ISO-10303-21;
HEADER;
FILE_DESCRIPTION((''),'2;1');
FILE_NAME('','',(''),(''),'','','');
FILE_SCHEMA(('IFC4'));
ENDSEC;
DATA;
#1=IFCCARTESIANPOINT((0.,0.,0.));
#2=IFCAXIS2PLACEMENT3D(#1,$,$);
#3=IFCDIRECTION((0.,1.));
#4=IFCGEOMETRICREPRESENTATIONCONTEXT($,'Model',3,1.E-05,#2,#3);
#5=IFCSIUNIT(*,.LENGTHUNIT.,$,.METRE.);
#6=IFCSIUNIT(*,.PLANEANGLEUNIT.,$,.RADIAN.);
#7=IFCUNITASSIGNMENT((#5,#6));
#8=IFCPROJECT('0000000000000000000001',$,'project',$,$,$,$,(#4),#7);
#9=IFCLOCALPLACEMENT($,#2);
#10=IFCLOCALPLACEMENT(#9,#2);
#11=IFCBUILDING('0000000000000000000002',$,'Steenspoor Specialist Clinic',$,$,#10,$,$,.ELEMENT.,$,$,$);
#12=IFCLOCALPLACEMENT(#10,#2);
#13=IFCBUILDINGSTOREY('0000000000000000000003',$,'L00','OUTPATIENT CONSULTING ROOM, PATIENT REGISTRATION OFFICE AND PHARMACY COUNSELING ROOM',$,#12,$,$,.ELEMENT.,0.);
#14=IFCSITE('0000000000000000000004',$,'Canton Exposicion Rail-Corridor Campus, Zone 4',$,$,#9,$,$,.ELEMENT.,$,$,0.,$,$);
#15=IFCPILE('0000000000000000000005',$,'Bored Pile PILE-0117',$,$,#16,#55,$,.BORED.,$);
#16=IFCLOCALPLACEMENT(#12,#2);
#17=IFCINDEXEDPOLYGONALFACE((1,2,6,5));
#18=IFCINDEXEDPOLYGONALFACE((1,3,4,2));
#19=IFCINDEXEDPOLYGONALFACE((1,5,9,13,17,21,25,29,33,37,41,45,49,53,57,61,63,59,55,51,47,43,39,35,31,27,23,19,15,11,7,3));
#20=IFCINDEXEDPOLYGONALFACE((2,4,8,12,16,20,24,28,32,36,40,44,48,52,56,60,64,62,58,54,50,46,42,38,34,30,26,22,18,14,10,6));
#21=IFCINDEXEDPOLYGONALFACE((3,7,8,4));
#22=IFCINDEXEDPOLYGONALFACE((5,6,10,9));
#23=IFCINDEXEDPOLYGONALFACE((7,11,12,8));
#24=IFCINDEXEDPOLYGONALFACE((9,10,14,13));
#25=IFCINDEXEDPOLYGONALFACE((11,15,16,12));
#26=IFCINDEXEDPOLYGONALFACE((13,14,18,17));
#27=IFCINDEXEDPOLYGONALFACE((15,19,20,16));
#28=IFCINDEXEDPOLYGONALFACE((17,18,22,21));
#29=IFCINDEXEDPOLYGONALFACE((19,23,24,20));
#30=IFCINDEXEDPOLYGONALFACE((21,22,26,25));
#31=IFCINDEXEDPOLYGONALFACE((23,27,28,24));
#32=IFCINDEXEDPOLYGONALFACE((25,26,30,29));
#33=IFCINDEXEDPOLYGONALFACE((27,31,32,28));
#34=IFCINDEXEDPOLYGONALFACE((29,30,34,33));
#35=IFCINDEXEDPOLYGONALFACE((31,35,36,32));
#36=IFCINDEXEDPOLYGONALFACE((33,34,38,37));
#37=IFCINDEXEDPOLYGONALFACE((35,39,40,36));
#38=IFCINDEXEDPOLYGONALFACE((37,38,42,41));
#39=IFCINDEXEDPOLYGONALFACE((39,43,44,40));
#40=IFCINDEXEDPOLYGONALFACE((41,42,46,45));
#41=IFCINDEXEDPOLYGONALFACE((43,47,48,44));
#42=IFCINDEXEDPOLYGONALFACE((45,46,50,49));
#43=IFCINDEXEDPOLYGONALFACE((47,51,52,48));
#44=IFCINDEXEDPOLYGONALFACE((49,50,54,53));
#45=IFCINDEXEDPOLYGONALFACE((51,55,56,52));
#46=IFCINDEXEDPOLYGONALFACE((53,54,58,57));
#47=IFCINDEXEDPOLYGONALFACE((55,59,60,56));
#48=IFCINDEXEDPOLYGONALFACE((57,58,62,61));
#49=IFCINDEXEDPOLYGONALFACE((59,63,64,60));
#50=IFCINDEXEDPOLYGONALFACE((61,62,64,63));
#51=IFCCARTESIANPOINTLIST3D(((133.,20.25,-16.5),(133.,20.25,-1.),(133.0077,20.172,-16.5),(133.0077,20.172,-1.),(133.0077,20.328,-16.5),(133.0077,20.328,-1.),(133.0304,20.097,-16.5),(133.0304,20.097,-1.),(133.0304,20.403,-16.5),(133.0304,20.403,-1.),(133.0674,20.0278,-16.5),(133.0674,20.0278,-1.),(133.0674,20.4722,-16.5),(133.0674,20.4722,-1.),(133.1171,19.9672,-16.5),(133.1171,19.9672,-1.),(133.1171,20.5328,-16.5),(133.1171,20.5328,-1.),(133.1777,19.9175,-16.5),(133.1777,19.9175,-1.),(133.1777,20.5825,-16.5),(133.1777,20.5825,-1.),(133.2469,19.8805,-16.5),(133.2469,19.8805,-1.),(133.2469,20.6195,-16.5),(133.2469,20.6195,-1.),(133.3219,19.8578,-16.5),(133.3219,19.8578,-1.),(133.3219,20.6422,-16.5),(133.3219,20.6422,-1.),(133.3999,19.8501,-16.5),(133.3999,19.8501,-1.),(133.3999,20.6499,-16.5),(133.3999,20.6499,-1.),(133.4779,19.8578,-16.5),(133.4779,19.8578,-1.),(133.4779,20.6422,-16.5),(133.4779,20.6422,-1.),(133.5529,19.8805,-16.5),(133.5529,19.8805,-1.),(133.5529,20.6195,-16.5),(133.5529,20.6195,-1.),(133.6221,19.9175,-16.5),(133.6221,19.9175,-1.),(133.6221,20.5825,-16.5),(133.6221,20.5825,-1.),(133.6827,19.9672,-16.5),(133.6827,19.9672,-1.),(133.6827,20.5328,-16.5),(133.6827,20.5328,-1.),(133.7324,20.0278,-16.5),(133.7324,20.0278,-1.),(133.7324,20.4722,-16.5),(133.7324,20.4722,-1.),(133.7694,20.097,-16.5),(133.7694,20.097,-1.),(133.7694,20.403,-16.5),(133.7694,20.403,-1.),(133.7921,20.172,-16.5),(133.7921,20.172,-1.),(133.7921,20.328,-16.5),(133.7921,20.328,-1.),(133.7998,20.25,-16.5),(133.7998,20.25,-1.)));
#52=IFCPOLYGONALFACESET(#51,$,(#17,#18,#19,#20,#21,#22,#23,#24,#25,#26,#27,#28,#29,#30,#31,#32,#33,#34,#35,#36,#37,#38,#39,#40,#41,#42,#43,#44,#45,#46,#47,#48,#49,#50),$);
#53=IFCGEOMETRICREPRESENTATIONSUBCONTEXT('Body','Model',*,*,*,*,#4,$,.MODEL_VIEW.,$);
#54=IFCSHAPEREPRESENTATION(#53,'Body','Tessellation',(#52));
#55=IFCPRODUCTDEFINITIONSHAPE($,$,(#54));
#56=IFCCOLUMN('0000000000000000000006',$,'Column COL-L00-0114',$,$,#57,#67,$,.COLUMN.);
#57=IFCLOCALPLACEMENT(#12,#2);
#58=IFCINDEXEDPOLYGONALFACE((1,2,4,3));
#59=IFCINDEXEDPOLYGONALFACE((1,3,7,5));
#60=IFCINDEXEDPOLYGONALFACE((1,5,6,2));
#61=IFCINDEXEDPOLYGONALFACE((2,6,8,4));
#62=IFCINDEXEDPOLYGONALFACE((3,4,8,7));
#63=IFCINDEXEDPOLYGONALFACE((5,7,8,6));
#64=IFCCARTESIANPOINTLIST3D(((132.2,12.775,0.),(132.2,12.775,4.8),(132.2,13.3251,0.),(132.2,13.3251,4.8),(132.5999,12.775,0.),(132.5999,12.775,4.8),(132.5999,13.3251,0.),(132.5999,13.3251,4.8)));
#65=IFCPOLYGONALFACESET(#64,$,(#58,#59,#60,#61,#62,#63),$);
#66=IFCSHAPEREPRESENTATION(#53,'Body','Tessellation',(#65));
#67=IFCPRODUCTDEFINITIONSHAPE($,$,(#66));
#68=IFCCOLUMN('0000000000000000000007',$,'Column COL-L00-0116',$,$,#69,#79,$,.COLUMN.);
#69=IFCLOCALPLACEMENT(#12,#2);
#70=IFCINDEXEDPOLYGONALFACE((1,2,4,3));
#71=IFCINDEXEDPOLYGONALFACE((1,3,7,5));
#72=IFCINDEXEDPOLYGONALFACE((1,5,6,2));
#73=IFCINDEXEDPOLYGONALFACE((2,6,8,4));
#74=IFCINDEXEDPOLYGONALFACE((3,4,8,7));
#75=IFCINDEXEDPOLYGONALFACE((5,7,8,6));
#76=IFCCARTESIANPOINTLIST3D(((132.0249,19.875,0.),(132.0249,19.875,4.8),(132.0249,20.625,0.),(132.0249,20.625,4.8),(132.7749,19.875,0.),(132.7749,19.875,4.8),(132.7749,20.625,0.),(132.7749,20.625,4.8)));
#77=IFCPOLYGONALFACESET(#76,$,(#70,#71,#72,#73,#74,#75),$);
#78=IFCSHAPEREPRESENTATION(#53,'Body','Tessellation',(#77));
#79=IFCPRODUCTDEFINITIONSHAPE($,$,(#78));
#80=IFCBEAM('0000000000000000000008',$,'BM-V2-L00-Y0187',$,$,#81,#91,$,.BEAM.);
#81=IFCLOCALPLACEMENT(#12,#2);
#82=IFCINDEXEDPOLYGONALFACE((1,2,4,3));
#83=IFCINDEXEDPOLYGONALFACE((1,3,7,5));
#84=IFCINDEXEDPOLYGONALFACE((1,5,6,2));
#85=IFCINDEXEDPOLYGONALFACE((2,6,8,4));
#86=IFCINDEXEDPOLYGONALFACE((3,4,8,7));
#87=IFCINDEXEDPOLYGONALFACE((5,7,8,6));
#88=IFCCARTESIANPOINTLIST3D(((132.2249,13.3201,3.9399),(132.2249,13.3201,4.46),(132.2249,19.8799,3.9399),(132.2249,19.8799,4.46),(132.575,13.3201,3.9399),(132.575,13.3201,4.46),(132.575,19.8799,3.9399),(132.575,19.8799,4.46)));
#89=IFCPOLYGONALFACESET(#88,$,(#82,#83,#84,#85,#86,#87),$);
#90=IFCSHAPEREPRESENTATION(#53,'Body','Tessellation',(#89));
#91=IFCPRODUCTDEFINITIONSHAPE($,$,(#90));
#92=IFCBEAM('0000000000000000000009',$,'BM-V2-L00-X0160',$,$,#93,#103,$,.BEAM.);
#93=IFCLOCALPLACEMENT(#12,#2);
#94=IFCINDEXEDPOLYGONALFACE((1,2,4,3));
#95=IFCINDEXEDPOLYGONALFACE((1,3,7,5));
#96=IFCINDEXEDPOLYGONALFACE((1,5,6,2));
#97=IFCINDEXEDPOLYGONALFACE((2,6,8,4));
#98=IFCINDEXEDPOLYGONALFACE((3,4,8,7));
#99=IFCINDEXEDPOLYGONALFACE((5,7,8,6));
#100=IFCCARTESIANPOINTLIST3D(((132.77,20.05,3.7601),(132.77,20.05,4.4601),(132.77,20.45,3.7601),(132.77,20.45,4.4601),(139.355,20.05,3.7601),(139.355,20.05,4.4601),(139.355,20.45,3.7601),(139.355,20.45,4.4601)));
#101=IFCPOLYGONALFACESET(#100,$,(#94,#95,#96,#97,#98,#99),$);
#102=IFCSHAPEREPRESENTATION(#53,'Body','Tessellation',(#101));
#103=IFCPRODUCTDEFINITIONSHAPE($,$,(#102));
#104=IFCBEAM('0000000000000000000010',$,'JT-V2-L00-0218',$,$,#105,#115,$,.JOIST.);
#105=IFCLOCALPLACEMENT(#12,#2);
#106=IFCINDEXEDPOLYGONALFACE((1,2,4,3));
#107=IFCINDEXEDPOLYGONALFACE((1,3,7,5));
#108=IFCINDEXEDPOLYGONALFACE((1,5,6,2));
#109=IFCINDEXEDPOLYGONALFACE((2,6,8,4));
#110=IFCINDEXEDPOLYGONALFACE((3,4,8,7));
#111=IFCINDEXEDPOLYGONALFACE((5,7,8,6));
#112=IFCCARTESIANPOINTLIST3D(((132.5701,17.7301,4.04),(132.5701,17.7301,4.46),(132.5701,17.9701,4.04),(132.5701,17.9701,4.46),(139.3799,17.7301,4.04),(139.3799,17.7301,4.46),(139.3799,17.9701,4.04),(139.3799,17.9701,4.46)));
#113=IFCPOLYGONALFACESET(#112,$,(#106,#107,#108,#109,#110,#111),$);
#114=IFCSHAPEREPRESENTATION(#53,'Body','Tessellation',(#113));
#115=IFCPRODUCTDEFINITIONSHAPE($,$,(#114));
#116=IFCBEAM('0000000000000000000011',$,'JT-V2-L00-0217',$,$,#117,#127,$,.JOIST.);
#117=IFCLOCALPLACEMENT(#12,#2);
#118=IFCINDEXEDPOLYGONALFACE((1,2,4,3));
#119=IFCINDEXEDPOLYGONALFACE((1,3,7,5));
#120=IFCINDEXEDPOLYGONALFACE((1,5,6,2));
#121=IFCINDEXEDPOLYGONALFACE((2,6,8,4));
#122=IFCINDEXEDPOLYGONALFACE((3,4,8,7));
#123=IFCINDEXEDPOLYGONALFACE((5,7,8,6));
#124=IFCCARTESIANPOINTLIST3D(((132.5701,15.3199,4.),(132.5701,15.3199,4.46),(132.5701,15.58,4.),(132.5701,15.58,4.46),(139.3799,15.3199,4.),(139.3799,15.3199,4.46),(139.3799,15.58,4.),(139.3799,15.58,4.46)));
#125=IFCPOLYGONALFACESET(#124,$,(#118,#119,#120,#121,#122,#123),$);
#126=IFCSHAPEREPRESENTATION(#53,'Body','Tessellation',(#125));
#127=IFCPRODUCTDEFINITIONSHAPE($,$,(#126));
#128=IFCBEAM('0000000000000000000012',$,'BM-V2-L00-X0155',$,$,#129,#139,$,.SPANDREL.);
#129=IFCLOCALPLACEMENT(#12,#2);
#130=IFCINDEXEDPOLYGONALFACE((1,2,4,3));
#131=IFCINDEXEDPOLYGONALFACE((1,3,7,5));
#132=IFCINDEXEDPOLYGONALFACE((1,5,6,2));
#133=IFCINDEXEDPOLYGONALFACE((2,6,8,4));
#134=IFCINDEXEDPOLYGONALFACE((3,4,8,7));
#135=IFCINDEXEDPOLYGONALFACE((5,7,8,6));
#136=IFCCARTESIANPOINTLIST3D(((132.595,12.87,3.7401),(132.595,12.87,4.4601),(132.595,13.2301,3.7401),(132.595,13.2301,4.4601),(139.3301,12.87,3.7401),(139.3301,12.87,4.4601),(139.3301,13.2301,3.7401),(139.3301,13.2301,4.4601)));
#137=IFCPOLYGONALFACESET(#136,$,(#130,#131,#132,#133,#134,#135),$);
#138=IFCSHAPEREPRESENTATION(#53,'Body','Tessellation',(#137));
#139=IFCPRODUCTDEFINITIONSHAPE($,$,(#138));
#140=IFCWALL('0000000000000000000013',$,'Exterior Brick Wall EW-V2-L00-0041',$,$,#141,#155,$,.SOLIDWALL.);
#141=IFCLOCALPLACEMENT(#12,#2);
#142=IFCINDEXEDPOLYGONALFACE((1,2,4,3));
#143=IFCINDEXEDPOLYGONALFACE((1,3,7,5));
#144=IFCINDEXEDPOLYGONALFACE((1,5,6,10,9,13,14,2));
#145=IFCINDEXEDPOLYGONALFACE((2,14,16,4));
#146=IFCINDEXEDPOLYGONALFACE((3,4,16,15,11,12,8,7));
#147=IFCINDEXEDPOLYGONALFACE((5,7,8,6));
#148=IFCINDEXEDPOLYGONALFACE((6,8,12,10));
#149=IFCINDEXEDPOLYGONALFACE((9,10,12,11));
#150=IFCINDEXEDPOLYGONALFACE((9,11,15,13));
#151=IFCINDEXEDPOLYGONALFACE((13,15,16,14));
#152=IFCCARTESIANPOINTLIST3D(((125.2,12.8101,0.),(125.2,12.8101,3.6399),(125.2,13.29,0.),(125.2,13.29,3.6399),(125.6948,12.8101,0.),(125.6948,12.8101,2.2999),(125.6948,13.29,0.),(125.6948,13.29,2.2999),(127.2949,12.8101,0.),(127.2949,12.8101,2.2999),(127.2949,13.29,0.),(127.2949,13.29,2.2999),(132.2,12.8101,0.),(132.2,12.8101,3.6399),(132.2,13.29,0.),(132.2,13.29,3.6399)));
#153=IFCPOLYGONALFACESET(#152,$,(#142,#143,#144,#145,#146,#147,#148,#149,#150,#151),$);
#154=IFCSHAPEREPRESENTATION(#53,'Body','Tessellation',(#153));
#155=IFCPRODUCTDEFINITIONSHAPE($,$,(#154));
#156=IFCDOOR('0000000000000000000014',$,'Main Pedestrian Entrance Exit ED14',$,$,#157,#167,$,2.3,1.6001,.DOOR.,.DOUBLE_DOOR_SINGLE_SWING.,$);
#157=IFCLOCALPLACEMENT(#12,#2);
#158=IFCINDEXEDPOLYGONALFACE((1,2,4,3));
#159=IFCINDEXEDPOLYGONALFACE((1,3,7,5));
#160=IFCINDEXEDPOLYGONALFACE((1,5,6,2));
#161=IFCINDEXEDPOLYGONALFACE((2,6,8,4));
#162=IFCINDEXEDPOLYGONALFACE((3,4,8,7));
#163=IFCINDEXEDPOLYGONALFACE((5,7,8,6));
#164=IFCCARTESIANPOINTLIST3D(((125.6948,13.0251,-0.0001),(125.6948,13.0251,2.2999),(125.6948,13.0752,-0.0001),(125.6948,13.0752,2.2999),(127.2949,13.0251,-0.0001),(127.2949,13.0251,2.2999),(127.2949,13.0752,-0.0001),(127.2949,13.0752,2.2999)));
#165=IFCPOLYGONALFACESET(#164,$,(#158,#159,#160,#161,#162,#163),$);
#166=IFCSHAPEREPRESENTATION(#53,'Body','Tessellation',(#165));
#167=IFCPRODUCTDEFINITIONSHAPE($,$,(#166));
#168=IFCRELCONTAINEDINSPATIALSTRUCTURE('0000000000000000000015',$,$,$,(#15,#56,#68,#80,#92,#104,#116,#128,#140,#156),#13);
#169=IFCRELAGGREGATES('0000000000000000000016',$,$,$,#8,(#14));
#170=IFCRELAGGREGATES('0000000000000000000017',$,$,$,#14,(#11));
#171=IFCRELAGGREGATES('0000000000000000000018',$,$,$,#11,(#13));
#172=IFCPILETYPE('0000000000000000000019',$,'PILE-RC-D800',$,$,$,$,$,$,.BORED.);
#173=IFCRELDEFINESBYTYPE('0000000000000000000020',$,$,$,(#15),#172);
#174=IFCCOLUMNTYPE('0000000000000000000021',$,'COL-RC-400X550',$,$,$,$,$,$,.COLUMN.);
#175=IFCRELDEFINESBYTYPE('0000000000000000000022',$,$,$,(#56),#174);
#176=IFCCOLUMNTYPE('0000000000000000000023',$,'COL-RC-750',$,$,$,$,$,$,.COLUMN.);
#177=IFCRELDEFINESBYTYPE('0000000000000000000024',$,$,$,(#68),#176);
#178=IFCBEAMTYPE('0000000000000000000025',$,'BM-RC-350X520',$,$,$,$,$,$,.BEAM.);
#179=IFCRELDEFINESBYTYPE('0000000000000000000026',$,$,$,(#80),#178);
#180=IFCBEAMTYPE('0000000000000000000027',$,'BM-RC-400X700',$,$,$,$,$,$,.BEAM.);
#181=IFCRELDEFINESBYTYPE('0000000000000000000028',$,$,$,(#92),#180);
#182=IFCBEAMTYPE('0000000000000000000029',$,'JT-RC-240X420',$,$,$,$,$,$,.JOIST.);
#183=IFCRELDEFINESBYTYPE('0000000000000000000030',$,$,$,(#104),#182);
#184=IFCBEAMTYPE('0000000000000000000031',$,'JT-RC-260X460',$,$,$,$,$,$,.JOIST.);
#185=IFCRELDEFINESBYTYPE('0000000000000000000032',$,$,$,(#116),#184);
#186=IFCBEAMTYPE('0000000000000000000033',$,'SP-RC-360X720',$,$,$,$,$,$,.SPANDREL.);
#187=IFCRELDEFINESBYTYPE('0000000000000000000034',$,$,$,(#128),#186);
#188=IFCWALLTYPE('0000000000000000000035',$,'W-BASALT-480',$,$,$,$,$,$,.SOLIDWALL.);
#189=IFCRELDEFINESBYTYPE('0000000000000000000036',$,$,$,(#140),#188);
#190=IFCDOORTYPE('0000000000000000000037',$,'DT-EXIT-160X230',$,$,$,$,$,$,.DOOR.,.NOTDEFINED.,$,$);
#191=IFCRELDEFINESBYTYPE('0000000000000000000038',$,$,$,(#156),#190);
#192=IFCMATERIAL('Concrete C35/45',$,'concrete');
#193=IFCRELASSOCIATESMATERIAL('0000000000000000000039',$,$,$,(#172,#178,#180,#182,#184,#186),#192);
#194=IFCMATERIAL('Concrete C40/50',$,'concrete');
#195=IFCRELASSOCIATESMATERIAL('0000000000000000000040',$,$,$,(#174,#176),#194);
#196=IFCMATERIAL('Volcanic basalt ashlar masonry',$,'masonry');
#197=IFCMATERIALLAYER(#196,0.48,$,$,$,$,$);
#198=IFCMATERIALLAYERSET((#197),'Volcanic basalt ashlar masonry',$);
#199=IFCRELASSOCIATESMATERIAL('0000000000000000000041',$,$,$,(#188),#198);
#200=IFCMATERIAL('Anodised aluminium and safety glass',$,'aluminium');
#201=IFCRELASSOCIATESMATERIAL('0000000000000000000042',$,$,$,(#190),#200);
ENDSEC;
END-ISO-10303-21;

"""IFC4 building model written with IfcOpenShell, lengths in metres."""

from ifc_helpers import new_model, si_unit, direction, frame, frame_2d, origin, origin_2d, place, context, subcontext, project, spatial, rectangle, circle, extrude, material, layer, layer_set, material_profile, profile_set, type_object, element, fill, save


model = new_model("IFC4")

# Units and contexts
model_context = context("Model", 3, precision=1e-05, world=origin(), true_north=direction((0.0, 1.0)))
body_context = subcontext(model_context, "Body", "Model", "MODEL_VIEW")
ifc_project = project(units=[si_unit("LENGTHUNIT", "METRE"), si_unit("PLANEANGLEUNIT", "RADIAN")], contexts=[model_context])

# Site, building, storey
site_placement = place(None, origin())
site = spatial("IfcSite", under=ifc_project, at=site_placement, Name="Canton Exposicion Rail-Corridor Campus, Zone 4", CompositionType="ELEMENT", RefElevation=0.0)
building_placement = place(site_placement, origin())
building = spatial("IfcBuilding", under=site, at=building_placement, Name="Steenspoor Specialist Clinic", CompositionType="ELEMENT")
storey_placement = place(building_placement, origin())
storey = spatial("IfcBuildingStorey", under=building, at=storey_placement, Name="L00", Description="OUTPATIENT CONSULTING ROOM, PATIENT REGISTRATION OFFICE AND PHARMACY COUNSELING ROOM", CompositionType="ELEMENT", Elevation=0.0)

# Shared definitions
ifc_material_1 = material(Name="Concrete C35/45", Category="concrete")

# Pile
ifc_material_profile_1 = material_profile(ifc_material_1, circle(Radius=0.3999, at=origin_2d()), Name="PILE-D800")
ifc_profile_set_1 = profile_set([ifc_material_profile_1], Name="Concrete C35/45")
pile_type = type_object("IfcPileType", Name="PILE-RC-D800", PredefinedType="BORED", material=ifc_profile_set_1)
for number, where, z_axis, x_axis, name in (
    (1, (133.3999, 20.25, -1.0), (0.0, 0.0, -1.0), (1.0, 0.0, 0.0), "Bored Pile PILE-0117"),
):
    element("IfcPile", number, at=place(storey_placement, frame(where, z_axis=z_axis, x_axis=x_axis)), inside=storey, type_object=pile_type, Name=name, PredefinedType="BORED", context=body_context, shape_type="SweptSolid", body=[
        extrude(circle(Radius=0.3999, at=origin_2d()), origin(), (0.0, 0.0, 1.0), 15.5),
    ])

# Columns
ifc_material_2 = material(Name="Concrete C40/50", Category="concrete")
ifc_material_profile_2 = material_profile(ifc_material_2, rectangle(XDim=0.3999, YDim=0.55, at=origin_2d()), Name="RC-COL-400X550")
ifc_profile_set_2 = profile_set([ifc_material_profile_2], Name="Concrete C40/50")
column_type_1 = type_object("IfcColumnType", Name="COL-RC-400X550", PredefinedType="COLUMN", material=ifc_profile_set_2)
column_1_placement = place(storey_placement, frame((132.3999, 13.05, 0.0), z_axis=(0.0, 0.0, 1.0), x_axis=(1.0, 0.0, 0.0)))
element("IfcColumn", 2, at=column_1_placement, inside=storey, type_object=column_type_1, Name="Column COL-L00-0114", PredefinedType="COLUMN", context=body_context, shape_type="SweptSolid", body=[
    extrude(rectangle(XDim=0.3999, YDim=0.55, at=origin_2d()), origin(), (0.0, 0.0, 1.0), 4.8),
])
ifc_material_profile_3 = material_profile(ifc_material_2, rectangle(XDim=0.75, YDim=0.75, at=origin_2d()), Name="RC-COL-750X750")
ifc_profile_set_3 = profile_set([ifc_material_profile_3], Name="Concrete C40/50")
column_type_2 = type_object("IfcColumnType", Name="COL-RC-750", PredefinedType="COLUMN", material=ifc_profile_set_3)
column_2_placement = place(storey_placement, frame((132.3999, 20.25, 0.0), z_axis=(0.0, 0.0, 1.0), x_axis=(1.0, 0.0, 0.0)))
element("IfcColumn", 3, at=column_2_placement, inside=storey, type_object=column_type_2, Name="Column COL-L00-0116", PredefinedType="COLUMN", context=body_context, shape_type="SweptSolid", body=[
    extrude(rectangle(XDim=0.75, YDim=0.75, at=origin_2d()), origin(), (0.0, 0.0, 1.0), 4.8),
])

# Beams
ifc_material_profile_4 = material_profile(ifc_material_1, rectangle(XDim=0.3501, YDim=0.52, at=origin_2d()), Name="RC-BM-350X520")
ifc_profile_set_4 = profile_set([ifc_material_profile_4], Name="Concrete C35/45")
beam_type_1 = type_object("IfcBeamType", Name="BM-RC-350X520", PredefinedType="BEAM", material=ifc_profile_set_4)
beam_1_placement = place(storey_placement, frame((132.3999, 13.3201, 4.2), z_axis=(0.0, 1.0, 0.0), x_axis=(-1.0, 0.0, 0.0)))
element("IfcBeam", 4, at=beam_1_placement, inside=storey, type_object=beam_type_1, Name="BM-V2-L00-Y0187", PredefinedType="BEAM", context=body_context, shape_type="SweptSolid", body=[
    extrude(rectangle(XDim=0.3501, YDim=0.52, at=origin_2d()), origin(), (0.0, 0.0, 1.0), 6.5598),
])
ifc_material_profile_5 = material_profile(ifc_material_1, rectangle(XDim=0.3999, YDim=0.7, at=origin_2d()), Name="RC-BM-400X700")
ifc_profile_set_5 = profile_set([ifc_material_profile_5], Name="Concrete C35/45")
beam_type_2 = type_object("IfcBeamType", Name="BM-RC-400X700", PredefinedType="BEAM", material=ifc_profile_set_5)
beam_2_placement = place(storey_placement, frame((132.77, 20.25, 4.1101), z_axis=(1.0, 0.0, 0.0), x_axis=(0.0, 1.0, 0.0)))
element("IfcBeam", 5, at=beam_2_placement, inside=storey, type_object=beam_type_2, Name="BM-V2-L00-X0160", PredefinedType="BEAM", context=body_context, shape_type="SweptSolid", body=[
    extrude(rectangle(XDim=0.3999, YDim=0.7, at=origin_2d()), origin(), (0.0, 0.0, 1.0), 6.585),
])
ifc_material_profile_6 = material_profile(ifc_material_1, rectangle(XDim=0.24, YDim=0.4199, at=origin_2d()), Name="RC-JT-240X420")
ifc_profile_set_6 = profile_set([ifc_material_profile_6], Name="Concrete C35/45")
beam_type_3 = type_object("IfcBeamType", Name="JT-RC-240X420", PredefinedType="JOIST", material=ifc_profile_set_6)
beam_3_placement = place(storey_placement, frame((132.5701, 17.8501, 4.25), z_axis=(1.0, 0.0, 0.0), x_axis=(0.0, 1.0, 0.0)))
element("IfcBeam", 6, at=beam_3_placement, inside=storey, type_object=beam_type_3, Name="JT-V2-L00-0218", PredefinedType="JOIST", context=body_context, shape_type="SweptSolid", body=[
    extrude(rectangle(XDim=0.24, YDim=0.4199, at=origin_2d()), origin(), (0.0, 0.0, 1.0), 6.8098),
])
ifc_material_profile_7 = material_profile(ifc_material_1, rectangle(XDim=0.26, YDim=0.46, at=origin_2d()), Name="RC-JT-260X460")
ifc_profile_set_7 = profile_set([ifc_material_profile_7], Name="Concrete C35/45")
beam_type_4 = type_object("IfcBeamType", Name="JT-RC-260X460", PredefinedType="JOIST", material=ifc_profile_set_7)
beam_4_placement = place(storey_placement, frame((132.5701, 15.45, 4.23), z_axis=(1.0, 0.0, 0.0), x_axis=(0.0, 1.0, 0.0)))
element("IfcBeam", 7, at=beam_4_placement, inside=storey, type_object=beam_type_4, Name="JT-V2-L00-0217", PredefinedType="JOIST", context=body_context, shape_type="SweptSolid", body=[
    extrude(rectangle(XDim=0.26, YDim=0.46, at=origin_2d()), origin(), (0.0, 0.0, 1.0), 6.8098),
])
ifc_material_profile_8 = material_profile(ifc_material_1, rectangle(XDim=0.3601, YDim=0.72, at=origin_2d()), Name="RC-SP-360X720")
ifc_profile_set_8 = profile_set([ifc_material_profile_8], Name="Concrete C35/45")
beam_type_5 = type_object("IfcBeamType", Name="SP-RC-360X720", PredefinedType="SPANDREL", material=ifc_profile_set_8)
beam_5_placement = place(storey_placement, frame((132.595, 13.05, 4.1001), z_axis=(1.0, 0.0, 0.0), x_axis=(0.0, 1.0, 0.0)))
element("IfcBeam", 8, at=beam_5_placement, inside=storey, type_object=beam_type_5, Name="BM-V2-L00-X0155", PredefinedType="SPANDREL", context=body_context, shape_type="SweptSolid", body=[
    extrude(rectangle(XDim=0.3601, YDim=0.72, at=origin_2d()), origin(), (0.0, 0.0, 1.0), 6.7351),
])

# Wall, opening, door
ifc_material_3 = material(Name="Volcanic basalt ashlar masonry", Category="masonry")
ifc_layer_1 = layer(ifc_material_3, 0.48)
ifc_layer_set_1 = layer_set([ifc_layer_1], Name="Volcanic basalt ashlar masonry")
wall_type_1 = type_object("IfcWallType", Name="W-BASALT-480", PredefinedType="SOLIDWALL", material=ifc_layer_set_1)
wall_1_placement = place(storey_placement, frame((132.2, 13.05, 0.0), z_axis=(0.0, 0.0, 1.0), x_axis=(-1.0, 0.0, 0.0)))
wall_1 = element("IfcWall", 9, at=wall_1_placement, inside=storey, type_object=wall_type_1, Name="Exterior Brick Wall EW-V2-L00-0041", PredefinedType="SOLIDWALL", context=body_context, shape_type="SweptSolid", body=[
    extrude(rectangle(XDim=7.0, YDim=0.48, at=frame_2d((3.5, 0.0))), origin(), (0.0, 0.0, 1.0), 3.6399),
])
opening_1_placement = place(wall_1_placement, frame((4.905, 0.0, 0.0)))
opening_1 = element("IfcOpeningElement", 10, at=opening_1_placement, cuts=wall_1, PredefinedType="OPENING", context=body_context, shape_type="SweptSolid", body=[
    extrude(rectangle(XDim=1.6001, YDim=2.3, at=frame_2d((0.8, 1.1499))), frame((0.0, 0.25, 0.0), z_axis=(0.0, -1.0, 0.0), x_axis=(1.0, 0.0, 0.0)), (0.0, 0.0, 1.0), 0.5),
])
ifc_material_4 = material(Name="Anodised aluminium and safety glass", Category="aluminium")
door_type_1 = type_object("IfcDoorType", Name="DT-EXIT-160X230", OperationType="NOTDEFINED", PredefinedType="DOOR", material=ifc_material_4)
door_1_placement = place(opening_1_placement, origin())
door_1 = element("IfcDoor", 11, at=door_1_placement, inside=storey, type_object=door_type_1, Name="Main Pedestrian Entrance Exit ED14", OperationType="DOUBLE_DOOR_SINGLE_SWING", OverallHeight=2.3, OverallWidth=1.6001, PredefinedType="DOOR", context=body_context, shape_type="SweptSolid", body=[
    extrude(rectangle(XDim=1.6001, YDim=2.3, at=frame_2d((0.8, 1.1499))), frame((0.0, 0.0249, 0.0), z_axis=(0.0, -1.0, 0.0), x_axis=(1.0, 0.0, 0.0)), (0.0, 0.0, 1.0), 0.05),
])
fill(opening_1, door_1)

save(model, "model.ifc")
